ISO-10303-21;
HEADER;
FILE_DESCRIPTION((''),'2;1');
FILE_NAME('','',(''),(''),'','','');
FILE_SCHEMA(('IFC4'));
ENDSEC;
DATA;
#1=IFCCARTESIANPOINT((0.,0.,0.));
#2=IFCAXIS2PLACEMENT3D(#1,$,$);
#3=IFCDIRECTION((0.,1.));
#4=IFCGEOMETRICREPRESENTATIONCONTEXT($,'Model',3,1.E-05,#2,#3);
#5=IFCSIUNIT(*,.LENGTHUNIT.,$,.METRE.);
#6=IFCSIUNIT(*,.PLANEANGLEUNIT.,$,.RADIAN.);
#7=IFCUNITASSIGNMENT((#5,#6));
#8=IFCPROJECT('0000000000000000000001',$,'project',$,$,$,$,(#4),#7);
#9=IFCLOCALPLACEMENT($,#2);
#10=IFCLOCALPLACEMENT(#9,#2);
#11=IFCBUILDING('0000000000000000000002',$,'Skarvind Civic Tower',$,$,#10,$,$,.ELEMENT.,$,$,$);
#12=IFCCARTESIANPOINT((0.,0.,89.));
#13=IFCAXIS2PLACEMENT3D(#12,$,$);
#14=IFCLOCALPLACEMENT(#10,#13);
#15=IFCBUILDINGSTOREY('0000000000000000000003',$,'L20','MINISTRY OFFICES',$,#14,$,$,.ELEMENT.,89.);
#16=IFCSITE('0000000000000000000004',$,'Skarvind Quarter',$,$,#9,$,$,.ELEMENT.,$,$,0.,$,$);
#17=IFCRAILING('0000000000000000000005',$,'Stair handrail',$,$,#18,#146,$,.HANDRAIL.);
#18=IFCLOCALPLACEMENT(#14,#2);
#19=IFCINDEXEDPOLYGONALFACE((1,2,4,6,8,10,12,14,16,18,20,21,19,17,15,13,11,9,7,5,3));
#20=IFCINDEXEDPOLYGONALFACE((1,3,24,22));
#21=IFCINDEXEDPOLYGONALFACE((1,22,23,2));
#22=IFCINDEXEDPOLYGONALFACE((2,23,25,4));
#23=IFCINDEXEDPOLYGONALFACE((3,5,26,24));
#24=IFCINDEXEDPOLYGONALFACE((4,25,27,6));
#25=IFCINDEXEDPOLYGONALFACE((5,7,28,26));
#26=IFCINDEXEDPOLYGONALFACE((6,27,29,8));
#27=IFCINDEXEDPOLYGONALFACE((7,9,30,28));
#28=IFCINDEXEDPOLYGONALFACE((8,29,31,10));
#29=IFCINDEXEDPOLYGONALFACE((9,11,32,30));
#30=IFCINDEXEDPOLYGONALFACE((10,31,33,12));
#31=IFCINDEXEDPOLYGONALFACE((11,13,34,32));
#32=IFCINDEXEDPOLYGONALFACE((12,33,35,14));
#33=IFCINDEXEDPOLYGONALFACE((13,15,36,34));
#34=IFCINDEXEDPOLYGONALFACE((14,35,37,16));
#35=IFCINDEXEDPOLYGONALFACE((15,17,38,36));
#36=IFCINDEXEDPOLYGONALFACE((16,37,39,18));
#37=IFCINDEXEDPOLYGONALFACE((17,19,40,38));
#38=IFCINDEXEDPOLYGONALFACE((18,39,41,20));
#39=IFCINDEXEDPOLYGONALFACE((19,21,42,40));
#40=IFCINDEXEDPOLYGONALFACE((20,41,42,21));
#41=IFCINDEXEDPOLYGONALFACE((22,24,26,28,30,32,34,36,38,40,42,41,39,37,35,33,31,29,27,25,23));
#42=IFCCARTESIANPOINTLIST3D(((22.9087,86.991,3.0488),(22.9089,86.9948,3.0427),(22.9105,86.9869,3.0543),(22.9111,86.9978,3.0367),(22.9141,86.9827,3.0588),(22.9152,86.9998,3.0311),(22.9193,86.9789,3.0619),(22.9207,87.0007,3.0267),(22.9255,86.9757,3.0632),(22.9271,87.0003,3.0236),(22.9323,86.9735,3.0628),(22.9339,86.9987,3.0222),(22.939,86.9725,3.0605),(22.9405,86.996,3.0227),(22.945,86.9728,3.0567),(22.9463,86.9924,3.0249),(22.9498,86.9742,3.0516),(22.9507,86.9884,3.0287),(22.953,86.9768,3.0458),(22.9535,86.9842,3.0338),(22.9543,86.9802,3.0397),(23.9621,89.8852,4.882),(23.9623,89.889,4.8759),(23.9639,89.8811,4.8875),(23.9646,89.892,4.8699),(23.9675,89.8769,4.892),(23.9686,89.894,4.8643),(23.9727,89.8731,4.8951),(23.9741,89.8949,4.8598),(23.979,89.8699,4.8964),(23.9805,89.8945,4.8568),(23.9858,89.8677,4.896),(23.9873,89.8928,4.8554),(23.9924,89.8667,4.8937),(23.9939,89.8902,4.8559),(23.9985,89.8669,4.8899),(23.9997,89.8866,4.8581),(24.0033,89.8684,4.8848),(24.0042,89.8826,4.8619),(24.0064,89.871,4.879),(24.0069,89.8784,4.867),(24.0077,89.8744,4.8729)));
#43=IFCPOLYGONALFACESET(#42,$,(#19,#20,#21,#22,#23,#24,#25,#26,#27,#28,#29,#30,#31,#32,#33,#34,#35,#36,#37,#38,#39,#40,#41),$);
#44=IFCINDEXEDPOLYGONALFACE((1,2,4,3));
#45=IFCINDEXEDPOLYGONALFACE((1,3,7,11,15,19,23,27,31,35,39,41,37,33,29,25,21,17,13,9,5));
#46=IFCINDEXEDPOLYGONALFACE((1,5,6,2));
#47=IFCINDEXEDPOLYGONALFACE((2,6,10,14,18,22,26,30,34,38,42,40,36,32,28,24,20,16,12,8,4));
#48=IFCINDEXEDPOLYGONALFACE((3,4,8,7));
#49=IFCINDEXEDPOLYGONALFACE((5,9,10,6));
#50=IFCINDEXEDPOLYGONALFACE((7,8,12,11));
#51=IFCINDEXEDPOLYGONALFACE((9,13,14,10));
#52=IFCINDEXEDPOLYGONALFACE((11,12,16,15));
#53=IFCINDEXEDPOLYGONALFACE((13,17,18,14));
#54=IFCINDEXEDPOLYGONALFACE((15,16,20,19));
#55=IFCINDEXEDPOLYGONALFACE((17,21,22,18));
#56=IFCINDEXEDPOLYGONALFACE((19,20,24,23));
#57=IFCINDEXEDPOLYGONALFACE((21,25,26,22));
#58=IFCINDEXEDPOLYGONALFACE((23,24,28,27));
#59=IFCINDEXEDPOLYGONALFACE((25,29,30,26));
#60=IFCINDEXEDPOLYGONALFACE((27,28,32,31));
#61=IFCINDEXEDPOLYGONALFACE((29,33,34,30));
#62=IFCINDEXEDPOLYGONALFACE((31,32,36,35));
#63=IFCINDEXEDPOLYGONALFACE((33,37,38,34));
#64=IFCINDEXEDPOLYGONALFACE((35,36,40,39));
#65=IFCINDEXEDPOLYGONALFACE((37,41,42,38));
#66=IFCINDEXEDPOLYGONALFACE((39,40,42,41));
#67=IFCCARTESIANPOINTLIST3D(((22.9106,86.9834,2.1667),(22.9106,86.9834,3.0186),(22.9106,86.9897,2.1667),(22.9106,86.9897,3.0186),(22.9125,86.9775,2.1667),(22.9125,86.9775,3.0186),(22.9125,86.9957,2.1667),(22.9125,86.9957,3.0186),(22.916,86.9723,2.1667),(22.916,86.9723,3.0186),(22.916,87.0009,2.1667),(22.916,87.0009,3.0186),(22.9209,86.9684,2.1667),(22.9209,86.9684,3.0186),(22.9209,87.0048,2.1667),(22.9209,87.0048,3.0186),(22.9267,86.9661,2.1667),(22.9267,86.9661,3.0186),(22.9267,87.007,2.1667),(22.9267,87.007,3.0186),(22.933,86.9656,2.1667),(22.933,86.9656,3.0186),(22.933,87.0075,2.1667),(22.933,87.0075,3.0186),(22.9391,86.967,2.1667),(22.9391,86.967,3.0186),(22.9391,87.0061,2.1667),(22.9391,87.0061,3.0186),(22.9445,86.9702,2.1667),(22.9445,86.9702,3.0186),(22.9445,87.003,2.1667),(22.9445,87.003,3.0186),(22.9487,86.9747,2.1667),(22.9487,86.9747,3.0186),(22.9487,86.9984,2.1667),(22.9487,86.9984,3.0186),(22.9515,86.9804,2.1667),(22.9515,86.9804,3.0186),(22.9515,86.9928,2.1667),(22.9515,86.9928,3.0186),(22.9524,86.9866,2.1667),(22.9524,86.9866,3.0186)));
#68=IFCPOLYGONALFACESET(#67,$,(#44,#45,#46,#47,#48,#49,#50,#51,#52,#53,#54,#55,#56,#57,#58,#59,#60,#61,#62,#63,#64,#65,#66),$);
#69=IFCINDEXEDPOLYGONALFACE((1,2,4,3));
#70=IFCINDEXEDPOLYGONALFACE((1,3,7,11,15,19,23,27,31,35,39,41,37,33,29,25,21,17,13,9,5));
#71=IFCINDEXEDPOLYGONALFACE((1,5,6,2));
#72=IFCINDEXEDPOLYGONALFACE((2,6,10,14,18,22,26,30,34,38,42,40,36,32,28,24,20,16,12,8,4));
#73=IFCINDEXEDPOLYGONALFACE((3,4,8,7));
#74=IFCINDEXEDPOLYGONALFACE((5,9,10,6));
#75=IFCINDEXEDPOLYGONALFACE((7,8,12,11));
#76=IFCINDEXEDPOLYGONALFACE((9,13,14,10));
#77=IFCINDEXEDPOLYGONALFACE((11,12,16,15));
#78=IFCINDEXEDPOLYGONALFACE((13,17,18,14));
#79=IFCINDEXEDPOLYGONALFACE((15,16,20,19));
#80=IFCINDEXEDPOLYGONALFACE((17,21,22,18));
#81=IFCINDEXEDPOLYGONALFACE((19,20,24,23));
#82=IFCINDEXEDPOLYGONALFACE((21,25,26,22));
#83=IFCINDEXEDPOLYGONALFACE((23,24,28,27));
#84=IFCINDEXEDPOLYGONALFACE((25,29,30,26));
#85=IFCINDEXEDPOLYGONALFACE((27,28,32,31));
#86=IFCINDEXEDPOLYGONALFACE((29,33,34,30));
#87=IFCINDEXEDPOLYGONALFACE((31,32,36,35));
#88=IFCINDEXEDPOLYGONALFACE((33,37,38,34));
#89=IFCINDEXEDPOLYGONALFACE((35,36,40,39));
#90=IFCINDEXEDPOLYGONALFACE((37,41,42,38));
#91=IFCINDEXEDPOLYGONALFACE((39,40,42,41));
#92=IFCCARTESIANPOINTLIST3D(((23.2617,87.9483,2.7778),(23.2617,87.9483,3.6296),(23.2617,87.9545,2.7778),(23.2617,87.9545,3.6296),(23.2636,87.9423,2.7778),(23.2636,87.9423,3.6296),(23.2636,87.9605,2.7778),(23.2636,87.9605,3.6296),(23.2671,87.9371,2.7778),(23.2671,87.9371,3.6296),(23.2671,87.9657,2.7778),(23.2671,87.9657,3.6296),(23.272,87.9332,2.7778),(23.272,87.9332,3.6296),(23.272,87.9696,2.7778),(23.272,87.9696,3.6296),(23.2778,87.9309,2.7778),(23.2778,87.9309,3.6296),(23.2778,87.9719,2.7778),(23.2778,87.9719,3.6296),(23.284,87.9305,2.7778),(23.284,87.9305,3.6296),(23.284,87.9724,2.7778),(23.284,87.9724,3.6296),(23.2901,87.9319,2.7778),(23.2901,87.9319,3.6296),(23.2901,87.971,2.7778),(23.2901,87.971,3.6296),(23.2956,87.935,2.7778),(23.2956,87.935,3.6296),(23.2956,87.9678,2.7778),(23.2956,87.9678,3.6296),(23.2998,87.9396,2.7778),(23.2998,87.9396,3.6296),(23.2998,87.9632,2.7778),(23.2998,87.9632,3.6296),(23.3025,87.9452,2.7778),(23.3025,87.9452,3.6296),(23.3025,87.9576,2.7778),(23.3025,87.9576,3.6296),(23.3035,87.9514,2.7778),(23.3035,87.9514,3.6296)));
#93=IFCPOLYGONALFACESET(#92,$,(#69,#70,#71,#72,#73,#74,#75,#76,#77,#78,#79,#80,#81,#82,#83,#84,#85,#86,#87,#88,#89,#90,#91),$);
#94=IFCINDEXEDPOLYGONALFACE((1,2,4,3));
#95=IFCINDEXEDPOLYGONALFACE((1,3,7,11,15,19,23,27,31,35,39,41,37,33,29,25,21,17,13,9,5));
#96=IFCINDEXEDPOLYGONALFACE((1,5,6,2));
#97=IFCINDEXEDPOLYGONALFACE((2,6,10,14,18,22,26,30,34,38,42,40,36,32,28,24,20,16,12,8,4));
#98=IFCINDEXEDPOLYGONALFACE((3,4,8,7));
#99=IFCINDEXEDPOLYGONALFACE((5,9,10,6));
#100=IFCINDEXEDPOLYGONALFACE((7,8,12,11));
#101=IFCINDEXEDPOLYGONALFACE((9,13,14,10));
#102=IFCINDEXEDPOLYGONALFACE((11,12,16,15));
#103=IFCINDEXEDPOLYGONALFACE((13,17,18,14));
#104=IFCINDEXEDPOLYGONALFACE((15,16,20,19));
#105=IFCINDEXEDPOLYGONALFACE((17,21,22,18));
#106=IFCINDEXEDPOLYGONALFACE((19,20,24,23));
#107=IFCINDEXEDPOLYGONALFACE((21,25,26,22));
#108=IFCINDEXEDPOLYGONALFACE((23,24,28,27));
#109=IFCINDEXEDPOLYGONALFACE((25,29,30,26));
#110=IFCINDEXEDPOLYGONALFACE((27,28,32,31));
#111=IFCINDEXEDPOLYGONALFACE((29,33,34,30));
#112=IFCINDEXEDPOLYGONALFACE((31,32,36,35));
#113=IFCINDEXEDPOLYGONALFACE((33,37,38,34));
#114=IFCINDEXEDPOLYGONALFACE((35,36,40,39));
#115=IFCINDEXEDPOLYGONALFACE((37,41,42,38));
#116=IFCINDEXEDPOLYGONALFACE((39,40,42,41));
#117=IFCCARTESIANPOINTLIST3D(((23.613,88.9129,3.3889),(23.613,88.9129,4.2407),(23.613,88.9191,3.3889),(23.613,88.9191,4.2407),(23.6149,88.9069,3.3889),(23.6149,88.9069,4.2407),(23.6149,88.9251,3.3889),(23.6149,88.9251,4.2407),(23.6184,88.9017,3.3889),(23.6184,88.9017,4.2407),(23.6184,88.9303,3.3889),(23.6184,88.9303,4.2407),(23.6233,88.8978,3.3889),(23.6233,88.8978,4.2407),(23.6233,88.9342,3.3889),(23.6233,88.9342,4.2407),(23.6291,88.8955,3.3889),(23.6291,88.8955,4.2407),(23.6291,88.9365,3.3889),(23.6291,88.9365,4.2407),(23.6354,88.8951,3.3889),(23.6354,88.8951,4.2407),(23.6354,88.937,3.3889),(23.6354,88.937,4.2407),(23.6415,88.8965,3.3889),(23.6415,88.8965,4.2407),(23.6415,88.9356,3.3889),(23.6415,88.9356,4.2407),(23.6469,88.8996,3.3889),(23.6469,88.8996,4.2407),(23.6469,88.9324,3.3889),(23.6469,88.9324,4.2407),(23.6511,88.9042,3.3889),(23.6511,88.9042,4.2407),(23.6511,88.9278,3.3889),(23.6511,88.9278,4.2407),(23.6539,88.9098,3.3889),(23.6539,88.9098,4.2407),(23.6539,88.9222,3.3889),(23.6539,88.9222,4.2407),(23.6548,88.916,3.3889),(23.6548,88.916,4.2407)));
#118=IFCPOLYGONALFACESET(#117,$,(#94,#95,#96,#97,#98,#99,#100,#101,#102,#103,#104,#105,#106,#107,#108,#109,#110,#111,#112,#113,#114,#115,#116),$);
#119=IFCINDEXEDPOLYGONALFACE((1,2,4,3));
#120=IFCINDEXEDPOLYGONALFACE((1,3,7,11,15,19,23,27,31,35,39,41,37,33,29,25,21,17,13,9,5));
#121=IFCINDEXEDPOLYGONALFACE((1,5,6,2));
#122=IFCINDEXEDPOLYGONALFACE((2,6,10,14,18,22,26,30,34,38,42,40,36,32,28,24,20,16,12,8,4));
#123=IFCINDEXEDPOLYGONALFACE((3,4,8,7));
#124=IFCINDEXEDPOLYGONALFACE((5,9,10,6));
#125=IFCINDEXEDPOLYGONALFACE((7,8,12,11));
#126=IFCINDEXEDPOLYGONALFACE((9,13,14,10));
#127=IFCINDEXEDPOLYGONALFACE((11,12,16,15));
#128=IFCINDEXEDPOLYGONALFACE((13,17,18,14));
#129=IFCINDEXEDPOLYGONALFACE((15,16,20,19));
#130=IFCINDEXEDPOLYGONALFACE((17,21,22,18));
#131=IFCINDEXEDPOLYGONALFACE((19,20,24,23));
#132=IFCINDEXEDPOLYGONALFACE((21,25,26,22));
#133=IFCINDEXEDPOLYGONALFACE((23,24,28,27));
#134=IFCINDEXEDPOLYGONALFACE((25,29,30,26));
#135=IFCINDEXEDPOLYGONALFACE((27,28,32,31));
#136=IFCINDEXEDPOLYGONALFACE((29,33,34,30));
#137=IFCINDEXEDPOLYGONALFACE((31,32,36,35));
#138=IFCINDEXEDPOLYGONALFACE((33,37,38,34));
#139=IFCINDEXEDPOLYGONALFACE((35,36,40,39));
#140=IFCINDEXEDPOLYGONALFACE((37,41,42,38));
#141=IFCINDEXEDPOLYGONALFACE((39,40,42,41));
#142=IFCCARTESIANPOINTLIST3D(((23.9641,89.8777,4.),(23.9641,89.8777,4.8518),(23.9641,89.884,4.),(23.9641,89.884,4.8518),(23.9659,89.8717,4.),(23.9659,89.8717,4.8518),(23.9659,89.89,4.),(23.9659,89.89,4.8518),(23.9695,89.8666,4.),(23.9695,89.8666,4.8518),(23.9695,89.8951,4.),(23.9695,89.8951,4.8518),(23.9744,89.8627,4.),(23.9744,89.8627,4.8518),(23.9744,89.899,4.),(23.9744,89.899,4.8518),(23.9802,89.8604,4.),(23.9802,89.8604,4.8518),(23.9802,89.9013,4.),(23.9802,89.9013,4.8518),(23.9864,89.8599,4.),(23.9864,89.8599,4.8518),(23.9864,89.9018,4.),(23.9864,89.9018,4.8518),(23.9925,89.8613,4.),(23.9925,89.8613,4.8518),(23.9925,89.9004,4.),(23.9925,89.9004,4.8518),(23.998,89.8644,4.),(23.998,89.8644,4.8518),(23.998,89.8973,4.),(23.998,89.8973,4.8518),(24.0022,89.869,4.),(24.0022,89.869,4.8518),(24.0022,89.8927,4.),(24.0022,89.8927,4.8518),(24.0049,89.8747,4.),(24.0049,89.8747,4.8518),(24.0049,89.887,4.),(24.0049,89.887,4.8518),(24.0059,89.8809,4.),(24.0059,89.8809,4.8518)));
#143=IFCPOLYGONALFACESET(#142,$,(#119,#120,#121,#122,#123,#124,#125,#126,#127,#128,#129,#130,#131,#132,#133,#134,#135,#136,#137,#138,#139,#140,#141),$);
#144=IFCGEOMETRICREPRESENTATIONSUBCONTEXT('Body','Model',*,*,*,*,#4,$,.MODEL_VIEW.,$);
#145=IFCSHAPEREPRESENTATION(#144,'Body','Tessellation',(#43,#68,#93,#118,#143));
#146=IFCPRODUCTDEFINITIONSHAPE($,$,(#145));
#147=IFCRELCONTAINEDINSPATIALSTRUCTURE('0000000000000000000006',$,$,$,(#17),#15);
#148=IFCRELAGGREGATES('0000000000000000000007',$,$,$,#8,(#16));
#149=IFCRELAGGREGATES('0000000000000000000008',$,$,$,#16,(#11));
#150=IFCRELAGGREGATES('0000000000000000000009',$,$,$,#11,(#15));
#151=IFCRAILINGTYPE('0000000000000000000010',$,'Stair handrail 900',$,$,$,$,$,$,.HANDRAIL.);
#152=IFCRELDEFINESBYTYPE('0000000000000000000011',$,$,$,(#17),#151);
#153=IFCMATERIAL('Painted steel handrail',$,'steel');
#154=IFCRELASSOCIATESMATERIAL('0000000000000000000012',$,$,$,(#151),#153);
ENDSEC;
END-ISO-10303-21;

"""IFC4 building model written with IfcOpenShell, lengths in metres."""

from ifc_helpers import new_model, si_unit, direction, frame, origin, origin_2d, place, context, subcontext, project, spatial, circle, extrude, material, type_object, element, save


model = new_model("IFC4")

# Units and contexts
model_context = context("Model", 3, precision=1e-05, world=origin(), true_north=direction((0.0, 1.0)))
body_context = subcontext(model_context, "Body", "Model", "MODEL_VIEW")
ifc_project = project(units=[si_unit("LENGTHUNIT", "METRE"), si_unit("PLANEANGLEUNIT", "RADIAN")], contexts=[model_context])

# Site, building, storey
site_placement = place(None, origin())
site = spatial("IfcSite", under=ifc_project, at=site_placement, Name="Skarvind Quarter", CompositionType="ELEMENT", RefElevation=0.0)
building_placement = place(site_placement, origin())
building = spatial("IfcBuilding", under=site, at=building_placement, Name="Skarvind Civic Tower", CompositionType="ELEMENT")
storey_placement = place(building_placement, frame((0.0, 0.0, 89.0)))
storey = spatial("IfcBuildingStorey", under=building, at=storey_placement, Name="L20", Description="MINISTRY OFFICES", CompositionType="ELEMENT", Elevation=89.0)

# Railing
ifc_material_1 = material(Name="Painted steel handrail", Category="steel")
railing_type = type_object("IfcRailingType", Name="Stair handrail 900", PredefinedType="HANDRAIL", material=ifc_material_1)
railing_1_placement = place(storey_placement, frame((22.9314, 86.9866, 2.1667)))
element("IfcRailing", 1, at=railing_1_placement, inside=storey, type_object=railing_type, Name="Stair handrail", PredefinedType="HANDRAIL", context=body_context, shape_type="SweptSolid", body=[
    extrude(circle(Radius=0.0239, at=origin_2d()), frame((0.0, 0.0, 0.876), z_axis=(0.293908, 0.807481, 0.511461), x_axis=(-0.939689, 0.342029, 0.0)), (0.0, 0.0, 1.0), 3.5842),
    extrude(circle(Radius=0.021, at=origin_2d()), origin(), (0.0, 0.0, 1.0), 0.8518),
    extrude(circle(Radius=0.021, at=origin_2d()), frame((0.3511, 0.9648, 0.6111)), (0.0, 0.0, 1.0), 0.8518),
    extrude(circle(Radius=0.021, at=origin_2d()), frame((0.7024, 1.9294, 1.2222)), (0.0, 0.0, 1.0), 0.8518),
    extrude(circle(Radius=0.021, at=origin_2d()), frame((1.0535, 2.8943, 1.8333)), (0.0, 0.0, 1.0), 0.8518),
])

save(model, "model.ifc")
